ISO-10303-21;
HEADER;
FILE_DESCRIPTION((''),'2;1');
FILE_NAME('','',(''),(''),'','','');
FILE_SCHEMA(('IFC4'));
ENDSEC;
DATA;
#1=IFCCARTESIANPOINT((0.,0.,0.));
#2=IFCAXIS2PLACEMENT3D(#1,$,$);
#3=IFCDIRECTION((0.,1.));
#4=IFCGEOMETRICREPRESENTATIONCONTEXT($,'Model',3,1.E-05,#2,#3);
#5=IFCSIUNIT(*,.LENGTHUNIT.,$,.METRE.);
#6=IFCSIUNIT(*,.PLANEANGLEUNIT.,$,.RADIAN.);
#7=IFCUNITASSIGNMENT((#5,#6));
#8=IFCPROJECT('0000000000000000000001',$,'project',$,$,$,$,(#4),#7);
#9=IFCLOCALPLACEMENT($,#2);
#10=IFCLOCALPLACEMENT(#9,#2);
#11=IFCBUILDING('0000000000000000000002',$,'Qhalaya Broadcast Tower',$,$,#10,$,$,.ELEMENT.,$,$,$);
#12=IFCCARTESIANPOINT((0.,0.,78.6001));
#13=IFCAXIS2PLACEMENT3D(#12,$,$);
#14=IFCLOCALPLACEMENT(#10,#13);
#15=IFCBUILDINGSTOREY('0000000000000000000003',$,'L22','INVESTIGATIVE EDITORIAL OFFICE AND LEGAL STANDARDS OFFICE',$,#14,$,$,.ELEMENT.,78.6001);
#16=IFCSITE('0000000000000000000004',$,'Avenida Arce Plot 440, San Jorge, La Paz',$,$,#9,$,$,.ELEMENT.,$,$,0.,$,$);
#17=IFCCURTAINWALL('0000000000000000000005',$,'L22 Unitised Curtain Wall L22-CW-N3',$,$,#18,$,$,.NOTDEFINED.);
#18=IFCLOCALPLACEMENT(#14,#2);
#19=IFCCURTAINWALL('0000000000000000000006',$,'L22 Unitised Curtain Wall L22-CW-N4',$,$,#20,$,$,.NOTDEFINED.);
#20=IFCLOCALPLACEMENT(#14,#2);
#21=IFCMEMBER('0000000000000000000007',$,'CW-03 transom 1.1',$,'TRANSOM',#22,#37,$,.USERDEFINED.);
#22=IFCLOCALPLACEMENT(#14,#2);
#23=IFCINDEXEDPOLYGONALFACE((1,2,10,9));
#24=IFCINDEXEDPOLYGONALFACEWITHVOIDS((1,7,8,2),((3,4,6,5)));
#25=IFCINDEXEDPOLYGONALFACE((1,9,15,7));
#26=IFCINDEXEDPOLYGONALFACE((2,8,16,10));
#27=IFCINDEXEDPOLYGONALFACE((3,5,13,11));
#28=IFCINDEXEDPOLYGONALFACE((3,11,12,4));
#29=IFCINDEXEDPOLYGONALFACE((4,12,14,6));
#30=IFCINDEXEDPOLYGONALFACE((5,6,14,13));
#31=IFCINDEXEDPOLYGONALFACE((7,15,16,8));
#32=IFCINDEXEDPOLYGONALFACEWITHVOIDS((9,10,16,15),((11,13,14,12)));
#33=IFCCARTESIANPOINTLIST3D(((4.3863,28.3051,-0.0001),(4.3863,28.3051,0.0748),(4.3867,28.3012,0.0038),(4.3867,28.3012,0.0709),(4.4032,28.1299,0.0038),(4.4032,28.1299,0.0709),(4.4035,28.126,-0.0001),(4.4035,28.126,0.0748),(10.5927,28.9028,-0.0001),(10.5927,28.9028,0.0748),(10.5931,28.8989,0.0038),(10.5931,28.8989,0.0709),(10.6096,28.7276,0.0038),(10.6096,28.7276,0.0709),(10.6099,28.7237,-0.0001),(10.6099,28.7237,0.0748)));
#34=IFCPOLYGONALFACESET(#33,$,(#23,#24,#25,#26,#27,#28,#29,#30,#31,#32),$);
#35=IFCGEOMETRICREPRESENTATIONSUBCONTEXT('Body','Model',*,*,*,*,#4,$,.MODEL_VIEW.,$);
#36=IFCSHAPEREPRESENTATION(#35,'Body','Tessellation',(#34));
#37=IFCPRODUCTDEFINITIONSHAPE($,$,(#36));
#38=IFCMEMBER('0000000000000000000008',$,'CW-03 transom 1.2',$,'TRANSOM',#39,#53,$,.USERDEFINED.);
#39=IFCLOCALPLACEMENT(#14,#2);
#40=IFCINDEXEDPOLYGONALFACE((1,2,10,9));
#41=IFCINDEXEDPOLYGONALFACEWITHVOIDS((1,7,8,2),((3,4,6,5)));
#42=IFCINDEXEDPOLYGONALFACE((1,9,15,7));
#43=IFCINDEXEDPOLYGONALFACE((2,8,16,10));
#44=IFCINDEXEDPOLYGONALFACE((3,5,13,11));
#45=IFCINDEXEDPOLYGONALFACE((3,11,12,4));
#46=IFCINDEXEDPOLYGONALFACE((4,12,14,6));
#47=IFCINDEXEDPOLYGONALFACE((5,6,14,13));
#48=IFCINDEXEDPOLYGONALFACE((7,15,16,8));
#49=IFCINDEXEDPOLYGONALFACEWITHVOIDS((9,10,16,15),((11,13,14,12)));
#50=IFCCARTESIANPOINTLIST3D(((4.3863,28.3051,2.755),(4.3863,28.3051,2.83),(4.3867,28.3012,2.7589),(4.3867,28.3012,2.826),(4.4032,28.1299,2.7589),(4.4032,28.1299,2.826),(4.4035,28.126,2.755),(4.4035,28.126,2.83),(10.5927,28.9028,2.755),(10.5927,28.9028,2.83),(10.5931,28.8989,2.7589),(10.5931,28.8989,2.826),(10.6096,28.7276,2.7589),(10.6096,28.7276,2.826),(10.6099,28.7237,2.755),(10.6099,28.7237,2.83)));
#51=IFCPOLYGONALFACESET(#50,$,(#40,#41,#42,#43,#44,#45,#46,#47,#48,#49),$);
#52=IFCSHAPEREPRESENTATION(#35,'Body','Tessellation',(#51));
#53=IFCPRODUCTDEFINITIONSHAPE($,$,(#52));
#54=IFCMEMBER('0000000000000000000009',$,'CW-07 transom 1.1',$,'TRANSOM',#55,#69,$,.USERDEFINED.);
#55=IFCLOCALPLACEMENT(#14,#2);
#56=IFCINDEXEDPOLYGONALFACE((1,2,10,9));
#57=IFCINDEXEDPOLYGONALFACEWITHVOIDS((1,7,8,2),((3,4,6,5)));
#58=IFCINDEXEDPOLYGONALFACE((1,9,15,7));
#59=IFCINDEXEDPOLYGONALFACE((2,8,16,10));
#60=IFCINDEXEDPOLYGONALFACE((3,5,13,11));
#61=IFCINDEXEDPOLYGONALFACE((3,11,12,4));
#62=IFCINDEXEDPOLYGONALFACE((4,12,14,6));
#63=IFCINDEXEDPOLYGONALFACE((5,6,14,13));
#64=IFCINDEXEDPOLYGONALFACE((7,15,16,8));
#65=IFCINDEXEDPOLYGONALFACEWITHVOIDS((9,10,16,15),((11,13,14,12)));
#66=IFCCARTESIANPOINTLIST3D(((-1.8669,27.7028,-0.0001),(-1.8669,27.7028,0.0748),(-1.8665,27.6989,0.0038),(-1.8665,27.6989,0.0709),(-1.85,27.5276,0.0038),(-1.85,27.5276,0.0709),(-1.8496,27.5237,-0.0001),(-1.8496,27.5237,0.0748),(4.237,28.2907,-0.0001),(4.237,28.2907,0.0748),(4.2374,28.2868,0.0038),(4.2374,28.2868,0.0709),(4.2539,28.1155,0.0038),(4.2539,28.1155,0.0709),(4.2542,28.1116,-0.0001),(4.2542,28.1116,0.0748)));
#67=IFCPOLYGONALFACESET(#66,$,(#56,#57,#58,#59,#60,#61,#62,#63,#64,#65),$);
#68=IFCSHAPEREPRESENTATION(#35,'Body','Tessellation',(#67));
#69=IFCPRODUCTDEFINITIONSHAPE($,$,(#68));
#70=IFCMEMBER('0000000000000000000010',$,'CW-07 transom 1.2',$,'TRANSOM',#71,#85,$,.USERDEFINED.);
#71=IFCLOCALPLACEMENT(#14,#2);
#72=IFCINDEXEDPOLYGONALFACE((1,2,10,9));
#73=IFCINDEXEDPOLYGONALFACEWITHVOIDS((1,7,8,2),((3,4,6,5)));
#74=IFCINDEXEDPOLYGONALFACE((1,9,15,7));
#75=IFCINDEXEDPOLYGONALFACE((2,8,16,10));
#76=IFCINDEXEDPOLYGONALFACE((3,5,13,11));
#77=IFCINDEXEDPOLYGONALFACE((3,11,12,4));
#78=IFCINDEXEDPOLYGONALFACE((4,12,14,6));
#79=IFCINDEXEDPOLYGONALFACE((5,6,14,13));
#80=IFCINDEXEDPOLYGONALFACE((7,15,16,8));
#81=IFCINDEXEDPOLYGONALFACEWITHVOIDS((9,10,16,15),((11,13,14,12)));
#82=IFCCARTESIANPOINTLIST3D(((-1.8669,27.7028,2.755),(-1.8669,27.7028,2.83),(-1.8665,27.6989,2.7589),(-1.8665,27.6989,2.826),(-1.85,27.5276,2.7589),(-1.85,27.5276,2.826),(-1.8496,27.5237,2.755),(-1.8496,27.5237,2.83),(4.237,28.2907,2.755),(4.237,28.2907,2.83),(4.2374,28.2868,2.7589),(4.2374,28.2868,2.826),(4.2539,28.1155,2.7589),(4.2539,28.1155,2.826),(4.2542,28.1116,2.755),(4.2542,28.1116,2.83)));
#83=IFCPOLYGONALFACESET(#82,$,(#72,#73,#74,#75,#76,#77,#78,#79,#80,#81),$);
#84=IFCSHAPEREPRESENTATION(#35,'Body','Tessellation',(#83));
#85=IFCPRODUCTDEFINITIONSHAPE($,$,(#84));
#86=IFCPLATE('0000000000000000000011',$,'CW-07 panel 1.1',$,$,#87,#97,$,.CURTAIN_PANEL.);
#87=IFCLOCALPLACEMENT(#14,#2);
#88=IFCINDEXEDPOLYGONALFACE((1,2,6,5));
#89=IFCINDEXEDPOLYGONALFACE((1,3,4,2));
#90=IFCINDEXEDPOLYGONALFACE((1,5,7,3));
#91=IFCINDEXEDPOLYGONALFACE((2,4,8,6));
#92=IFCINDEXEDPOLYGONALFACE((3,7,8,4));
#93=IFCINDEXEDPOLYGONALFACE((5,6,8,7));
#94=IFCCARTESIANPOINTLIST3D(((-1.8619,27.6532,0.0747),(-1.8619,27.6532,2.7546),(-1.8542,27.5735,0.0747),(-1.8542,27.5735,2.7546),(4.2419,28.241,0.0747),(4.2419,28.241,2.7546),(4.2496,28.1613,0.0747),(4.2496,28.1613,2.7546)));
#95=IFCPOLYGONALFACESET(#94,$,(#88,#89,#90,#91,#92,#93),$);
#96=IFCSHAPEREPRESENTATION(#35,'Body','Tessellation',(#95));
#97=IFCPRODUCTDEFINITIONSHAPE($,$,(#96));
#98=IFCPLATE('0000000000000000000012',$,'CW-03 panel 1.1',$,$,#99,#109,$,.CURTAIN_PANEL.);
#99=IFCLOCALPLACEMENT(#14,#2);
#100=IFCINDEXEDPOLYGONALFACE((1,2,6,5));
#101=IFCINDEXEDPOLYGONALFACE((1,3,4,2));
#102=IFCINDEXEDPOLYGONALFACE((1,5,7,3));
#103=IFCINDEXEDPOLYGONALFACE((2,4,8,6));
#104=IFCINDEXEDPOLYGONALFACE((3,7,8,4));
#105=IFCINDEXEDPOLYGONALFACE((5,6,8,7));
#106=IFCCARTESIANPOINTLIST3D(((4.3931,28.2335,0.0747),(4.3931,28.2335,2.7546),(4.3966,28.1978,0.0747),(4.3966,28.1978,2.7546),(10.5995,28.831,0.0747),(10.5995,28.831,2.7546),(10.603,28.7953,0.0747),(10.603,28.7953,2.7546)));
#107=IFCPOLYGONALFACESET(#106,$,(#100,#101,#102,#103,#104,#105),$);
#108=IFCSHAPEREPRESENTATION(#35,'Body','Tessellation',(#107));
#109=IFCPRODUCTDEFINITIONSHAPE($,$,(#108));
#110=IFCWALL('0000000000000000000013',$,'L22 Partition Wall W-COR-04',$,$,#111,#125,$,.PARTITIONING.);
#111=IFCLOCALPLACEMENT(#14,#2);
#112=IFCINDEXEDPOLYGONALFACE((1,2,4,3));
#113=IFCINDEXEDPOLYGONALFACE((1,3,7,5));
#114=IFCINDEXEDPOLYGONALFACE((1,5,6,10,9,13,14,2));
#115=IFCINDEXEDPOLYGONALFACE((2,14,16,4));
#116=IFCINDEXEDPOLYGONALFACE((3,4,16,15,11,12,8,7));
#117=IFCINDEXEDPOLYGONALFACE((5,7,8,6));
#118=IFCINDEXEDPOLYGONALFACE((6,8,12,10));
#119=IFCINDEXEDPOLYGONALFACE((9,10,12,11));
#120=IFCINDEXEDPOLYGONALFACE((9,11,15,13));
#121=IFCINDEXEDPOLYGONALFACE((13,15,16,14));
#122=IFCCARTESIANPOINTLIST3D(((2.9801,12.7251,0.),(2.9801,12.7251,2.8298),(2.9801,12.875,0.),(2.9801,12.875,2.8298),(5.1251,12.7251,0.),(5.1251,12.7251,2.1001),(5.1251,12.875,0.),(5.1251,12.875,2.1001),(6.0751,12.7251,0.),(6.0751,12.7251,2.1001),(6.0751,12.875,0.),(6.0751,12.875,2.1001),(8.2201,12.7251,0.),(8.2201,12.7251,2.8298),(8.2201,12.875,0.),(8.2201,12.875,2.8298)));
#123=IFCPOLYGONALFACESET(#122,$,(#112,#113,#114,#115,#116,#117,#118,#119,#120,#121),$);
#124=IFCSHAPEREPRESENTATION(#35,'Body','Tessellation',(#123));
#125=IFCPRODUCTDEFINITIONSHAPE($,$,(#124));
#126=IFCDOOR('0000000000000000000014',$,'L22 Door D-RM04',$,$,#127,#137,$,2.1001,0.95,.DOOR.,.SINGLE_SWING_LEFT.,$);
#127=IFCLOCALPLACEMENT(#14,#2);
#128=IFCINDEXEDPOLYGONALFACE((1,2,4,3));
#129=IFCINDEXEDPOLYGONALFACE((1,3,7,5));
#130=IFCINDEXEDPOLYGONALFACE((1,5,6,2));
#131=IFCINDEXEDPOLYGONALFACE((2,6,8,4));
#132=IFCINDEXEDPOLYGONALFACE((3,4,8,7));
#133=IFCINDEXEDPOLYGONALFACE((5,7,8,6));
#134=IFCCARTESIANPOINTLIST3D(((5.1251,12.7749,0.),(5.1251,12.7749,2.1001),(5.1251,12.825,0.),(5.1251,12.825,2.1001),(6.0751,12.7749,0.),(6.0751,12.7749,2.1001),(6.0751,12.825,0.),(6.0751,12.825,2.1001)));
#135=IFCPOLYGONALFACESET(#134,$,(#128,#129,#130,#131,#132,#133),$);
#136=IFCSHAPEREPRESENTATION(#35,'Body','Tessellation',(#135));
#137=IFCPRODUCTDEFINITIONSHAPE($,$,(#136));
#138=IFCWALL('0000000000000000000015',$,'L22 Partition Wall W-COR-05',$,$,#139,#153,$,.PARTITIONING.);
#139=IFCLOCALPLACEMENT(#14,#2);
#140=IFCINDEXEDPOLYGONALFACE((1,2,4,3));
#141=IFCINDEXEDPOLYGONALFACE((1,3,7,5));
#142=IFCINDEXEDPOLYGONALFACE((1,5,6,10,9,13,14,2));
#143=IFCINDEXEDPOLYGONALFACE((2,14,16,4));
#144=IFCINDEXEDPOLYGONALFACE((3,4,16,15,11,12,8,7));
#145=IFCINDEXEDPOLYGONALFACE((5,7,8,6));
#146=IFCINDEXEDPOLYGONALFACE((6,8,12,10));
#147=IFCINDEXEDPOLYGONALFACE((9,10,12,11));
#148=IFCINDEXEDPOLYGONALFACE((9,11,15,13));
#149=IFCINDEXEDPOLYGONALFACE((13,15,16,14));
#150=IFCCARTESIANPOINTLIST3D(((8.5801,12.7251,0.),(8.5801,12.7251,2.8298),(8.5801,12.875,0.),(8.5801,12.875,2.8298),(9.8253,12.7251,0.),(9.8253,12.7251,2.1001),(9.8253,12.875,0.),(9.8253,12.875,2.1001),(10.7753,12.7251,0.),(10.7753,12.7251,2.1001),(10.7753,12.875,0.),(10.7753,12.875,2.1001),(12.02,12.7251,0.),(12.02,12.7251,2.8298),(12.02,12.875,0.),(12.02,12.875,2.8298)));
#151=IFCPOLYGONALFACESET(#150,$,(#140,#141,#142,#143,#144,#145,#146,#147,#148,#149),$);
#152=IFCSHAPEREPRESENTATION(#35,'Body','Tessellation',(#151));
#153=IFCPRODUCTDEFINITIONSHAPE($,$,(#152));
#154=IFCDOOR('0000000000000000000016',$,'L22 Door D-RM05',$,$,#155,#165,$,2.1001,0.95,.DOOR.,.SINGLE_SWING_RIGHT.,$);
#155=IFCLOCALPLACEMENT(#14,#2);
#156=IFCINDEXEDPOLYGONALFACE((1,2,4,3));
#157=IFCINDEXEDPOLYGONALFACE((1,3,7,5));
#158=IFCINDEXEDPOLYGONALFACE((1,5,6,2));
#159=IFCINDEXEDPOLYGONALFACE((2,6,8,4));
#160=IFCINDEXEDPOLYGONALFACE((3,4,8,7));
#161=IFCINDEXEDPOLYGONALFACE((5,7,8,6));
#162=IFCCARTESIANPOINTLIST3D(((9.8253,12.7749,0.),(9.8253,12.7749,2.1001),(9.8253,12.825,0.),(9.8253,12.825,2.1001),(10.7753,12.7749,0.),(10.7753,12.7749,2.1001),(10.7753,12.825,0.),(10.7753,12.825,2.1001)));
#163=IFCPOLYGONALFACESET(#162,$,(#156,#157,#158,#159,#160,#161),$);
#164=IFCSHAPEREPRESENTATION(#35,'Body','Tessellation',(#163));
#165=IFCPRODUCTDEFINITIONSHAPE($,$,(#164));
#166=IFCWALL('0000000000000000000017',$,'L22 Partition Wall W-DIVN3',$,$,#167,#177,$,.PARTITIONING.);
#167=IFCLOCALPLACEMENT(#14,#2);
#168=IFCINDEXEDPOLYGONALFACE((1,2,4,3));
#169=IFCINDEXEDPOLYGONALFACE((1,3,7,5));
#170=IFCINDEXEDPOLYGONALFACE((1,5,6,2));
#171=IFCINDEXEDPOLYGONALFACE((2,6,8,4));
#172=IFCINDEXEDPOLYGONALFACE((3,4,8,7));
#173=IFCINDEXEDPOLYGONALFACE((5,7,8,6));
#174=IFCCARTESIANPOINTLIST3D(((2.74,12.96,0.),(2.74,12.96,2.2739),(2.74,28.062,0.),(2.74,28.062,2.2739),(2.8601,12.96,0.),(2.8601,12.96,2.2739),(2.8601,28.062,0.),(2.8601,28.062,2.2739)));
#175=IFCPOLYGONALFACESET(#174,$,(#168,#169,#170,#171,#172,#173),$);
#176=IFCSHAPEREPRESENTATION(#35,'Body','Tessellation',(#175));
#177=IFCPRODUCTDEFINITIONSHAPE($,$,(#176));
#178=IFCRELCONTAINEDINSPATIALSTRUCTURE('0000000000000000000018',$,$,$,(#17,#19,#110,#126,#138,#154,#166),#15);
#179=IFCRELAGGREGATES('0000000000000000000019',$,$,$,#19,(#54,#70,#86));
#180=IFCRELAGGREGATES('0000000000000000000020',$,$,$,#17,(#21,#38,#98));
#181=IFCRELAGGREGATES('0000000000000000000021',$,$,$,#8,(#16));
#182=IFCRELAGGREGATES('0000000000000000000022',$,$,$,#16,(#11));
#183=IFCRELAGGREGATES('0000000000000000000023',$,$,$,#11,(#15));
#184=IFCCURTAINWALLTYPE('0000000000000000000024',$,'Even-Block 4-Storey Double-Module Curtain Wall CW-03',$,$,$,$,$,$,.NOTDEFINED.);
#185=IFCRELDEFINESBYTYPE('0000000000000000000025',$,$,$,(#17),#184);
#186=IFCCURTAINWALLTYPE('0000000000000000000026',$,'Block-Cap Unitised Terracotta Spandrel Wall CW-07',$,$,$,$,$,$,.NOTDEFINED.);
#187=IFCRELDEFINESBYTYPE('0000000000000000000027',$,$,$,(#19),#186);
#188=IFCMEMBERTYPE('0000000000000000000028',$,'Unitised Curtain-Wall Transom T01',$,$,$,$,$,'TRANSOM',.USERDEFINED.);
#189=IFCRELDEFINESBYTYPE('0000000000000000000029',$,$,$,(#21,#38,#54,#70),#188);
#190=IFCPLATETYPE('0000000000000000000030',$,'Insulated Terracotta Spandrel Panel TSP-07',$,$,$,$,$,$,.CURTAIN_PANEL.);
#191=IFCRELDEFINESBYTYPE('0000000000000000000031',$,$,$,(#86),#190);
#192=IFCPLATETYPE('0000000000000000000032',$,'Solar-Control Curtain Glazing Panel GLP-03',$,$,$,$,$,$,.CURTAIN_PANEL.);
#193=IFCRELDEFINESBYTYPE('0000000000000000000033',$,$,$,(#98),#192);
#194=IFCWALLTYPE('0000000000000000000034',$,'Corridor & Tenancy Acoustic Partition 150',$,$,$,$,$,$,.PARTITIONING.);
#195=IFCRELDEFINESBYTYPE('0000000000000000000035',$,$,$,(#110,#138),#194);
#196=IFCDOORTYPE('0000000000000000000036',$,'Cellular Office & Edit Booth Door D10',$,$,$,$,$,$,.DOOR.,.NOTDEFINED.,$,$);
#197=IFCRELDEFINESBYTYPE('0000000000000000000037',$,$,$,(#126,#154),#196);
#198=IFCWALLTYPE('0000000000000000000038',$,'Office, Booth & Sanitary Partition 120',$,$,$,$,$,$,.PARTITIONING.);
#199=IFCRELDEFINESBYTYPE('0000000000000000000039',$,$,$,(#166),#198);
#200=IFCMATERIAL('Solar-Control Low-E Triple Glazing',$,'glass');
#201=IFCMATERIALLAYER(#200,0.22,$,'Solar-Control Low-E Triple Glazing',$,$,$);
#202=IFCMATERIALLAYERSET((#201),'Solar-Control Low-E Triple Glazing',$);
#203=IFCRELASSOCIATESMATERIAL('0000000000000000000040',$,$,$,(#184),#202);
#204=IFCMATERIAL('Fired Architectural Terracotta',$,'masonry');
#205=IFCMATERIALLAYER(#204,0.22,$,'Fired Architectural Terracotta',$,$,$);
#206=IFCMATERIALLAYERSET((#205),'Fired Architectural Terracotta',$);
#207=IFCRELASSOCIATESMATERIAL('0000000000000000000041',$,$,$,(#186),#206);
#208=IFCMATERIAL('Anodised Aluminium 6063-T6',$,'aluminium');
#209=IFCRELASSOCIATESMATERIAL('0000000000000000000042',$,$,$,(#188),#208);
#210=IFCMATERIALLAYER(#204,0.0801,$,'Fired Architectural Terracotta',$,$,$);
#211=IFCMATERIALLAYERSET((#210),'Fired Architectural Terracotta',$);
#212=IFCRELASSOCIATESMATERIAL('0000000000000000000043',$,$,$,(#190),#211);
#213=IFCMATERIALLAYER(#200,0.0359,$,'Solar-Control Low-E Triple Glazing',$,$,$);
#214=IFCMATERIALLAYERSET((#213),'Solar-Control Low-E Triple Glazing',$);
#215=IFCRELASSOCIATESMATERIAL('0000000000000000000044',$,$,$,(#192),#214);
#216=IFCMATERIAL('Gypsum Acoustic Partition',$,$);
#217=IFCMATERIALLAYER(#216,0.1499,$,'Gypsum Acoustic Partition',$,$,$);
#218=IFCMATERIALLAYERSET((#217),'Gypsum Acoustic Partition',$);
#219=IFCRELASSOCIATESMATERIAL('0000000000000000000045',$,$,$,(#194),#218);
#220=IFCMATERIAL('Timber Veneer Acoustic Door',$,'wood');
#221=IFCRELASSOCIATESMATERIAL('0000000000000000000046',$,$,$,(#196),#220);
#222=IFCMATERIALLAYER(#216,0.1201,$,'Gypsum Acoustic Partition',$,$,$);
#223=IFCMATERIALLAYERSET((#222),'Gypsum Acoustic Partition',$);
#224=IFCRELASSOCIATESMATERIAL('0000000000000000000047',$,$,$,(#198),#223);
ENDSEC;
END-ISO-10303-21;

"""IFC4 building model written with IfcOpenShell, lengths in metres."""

from ifc_helpers import new_model, si_unit, direction, frame, frame_2d, origin, origin_2d, place, context, subcontext, project, spatial, rectangle, hollow_rectangle, extrude, material, layer, layer_set, material_profile, profile_set, type_object, element, fill, aggregate, save


model = new_model("IFC4")

# Units and contexts
model_context = context("Model", 3, precision=1e-05, world=origin(), true_north=direction((0.0, 1.0)))
body_context = subcontext(model_context, "Body", "Model", "MODEL_VIEW")
ifc_project = project(units=[si_unit("LENGTHUNIT", "METRE"), si_unit("PLANEANGLEUNIT", "RADIAN")], contexts=[model_context])

# Site, building, storey
site_placement = place(None, origin())
site = spatial("IfcSite", under=ifc_project, at=site_placement, Name="Avenida Arce Plot 440, San Jorge, La Paz", CompositionType="ELEMENT", RefElevation=0.0)
building_placement = place(site_placement, origin())
building = spatial("IfcBuilding", under=site, at=building_placement, Name="Qhalaya Broadcast Tower", CompositionType="ELEMENT")
storey_placement = place(building_placement, frame((0.0, 0.0, 78.6001)))
storey = spatial("IfcBuildingStorey", under=building, at=storey_placement, Name="L22", Description="INVESTIGATIVE EDITORIAL OFFICE AND LEGAL STANDARDS OFFICE", CompositionType="ELEMENT", Elevation=78.6001)

# Curtain wall
ifc_material_1 = material(Name="Solar-Control Low-E Triple Glazing", Category="glass")
ifc_layer_1 = layer(ifc_material_1, 0.22, Name="Solar-Control Low-E Triple Glazing")
ifc_layer_set_1 = layer_set([ifc_layer_1], Name="Solar-Control Low-E Triple Glazing")
curtain_wall_type_1 = type_object("IfcCurtainWallType", Name="Even-Block 4-Storey Double-Module Curtain Wall CW-03", PredefinedType="NOTDEFINED", material=ifc_layer_set_1)
curtain_wall_1_placement = place(storey_placement, origin())
curtain_wall_1 = element("IfcCurtainWall", 1, at=curtain_wall_1_placement, inside=storey, type_object=curtain_wall_type_1, Name="L22 Unitised Curtain Wall L22-CW-N3", PredefinedType="NOTDEFINED")
ifc_material_2 = material(Name="Anodised Aluminium 6063-T6", Category="aluminium")

# Curtain wall
ifc_material_3 = material(Name="Fired Architectural Terracotta", Category="masonry")
ifc_layer_2 = layer(ifc_material_3, 0.22, Name="Fired Architectural Terracotta")
ifc_layer_set_2 = layer_set([ifc_layer_2], Name="Fired Architectural Terracotta")
curtain_wall_type_2 = type_object("IfcCurtainWallType", Name="Block-Cap Unitised Terracotta Spandrel Wall CW-07", PredefinedType="NOTDEFINED", material=ifc_layer_set_2)
curtain_wall_2_placement = place(storey_placement, origin())
curtain_wall_2 = element("IfcCurtainWall", 2, at=curtain_wall_2_placement, inside=storey, type_object=curtain_wall_type_2, Name="L22 Unitised Curtain Wall L22-CW-N4", PredefinedType="NOTDEFINED")

# Members
ifc_material_profile_1 = material_profile(ifc_material_2, hollow_rectangle(XDim=0.075, YDim=0.1799, WallThickness=0.0039, at=origin_2d()), Name="ALU-TRN 75x180x4")
ifc_profile_set_1 = profile_set([ifc_material_profile_1], Name="Anodised Aluminium 6063-T6")
member_type_1 = type_object("IfcMemberType", Name="Unitised Curtain-Wall Transom T01", ElementType="TRANSOM", PredefinedType="USERDEFINED", material=ifc_profile_set_1)
member_1_placement = place(storey_placement, frame((10.6013, 28.8132, 0.0374), z_axis=(-0.995395, -0.095855, 0.0), x_axis=(0.0, 0.0, 1.0)))
member_1 = element("IfcMember", 3, at=member_1_placement, type_object=member_type_1, Name="CW-03 transom 1.1", ObjectType="TRANSOM", PredefinedType="USERDEFINED", context=body_context, shape_type="SweptSolid", body=[
    extrude(hollow_rectangle(XDim=0.075, YDim=0.1799, WallThickness=0.0039, at=origin_2d()), origin(), (0.0, 0.0, 1.0), 6.2351),
])
member_2_placement = place(storey_placement, frame((10.6013, 28.8132, 2.7925), z_axis=(-0.995395, -0.095855, 0.0), x_axis=(0.0, 0.0, 1.0)))
member_2 = element("IfcMember", 4, at=member_2_placement, type_object=member_type_1, Name="CW-03 transom 1.2", ObjectType="TRANSOM", PredefinedType="USERDEFINED", context=body_context, shape_type="SweptSolid", body=[
    extrude(hollow_rectangle(XDim=0.075, YDim=0.1799, WallThickness=0.0039, at=origin_2d()), origin(), (0.0, 0.0, 1.0), 6.2351),
])
member_3_placement = place(storey_placement, frame((4.2456, 28.2012, 0.0374), z_axis=(-0.995394, -0.095872, 0.0), x_axis=(0.0, 0.0, 1.0)))
member_3 = element("IfcMember", 5, at=member_3_placement, type_object=member_type_1, Name="CW-07 transom 1.1", ObjectType="TRANSOM", PredefinedType="USERDEFINED", context=body_context, shape_type="SweptSolid", body=[
    extrude(hollow_rectangle(XDim=0.075, YDim=0.1799, WallThickness=0.0039, at=origin_2d()), origin(), (0.0, 0.0, 1.0), 6.1321),
])
member_4_placement = place(storey_placement, frame((4.2456, 28.2012, 2.7925), z_axis=(-0.995394, -0.095872, 0.0), x_axis=(0.0, 0.0, 1.0)))
member_4 = element("IfcMember", 6, at=member_4_placement, type_object=member_type_1, Name="CW-07 transom 1.2", ObjectType="TRANSOM", PredefinedType="USERDEFINED", context=body_context, shape_type="SweptSolid", body=[
    extrude(hollow_rectangle(XDim=0.075, YDim=0.1799, WallThickness=0.0039, at=origin_2d()), origin(), (0.0, 0.0, 1.0), 6.1321),
])

# Plates
ifc_layer_3 = layer(ifc_material_3, 0.0801, Name="Fired Architectural Terracotta")
ifc_layer_set_3 = layer_set([ifc_layer_3], Name="Fired Architectural Terracotta")
plate_type_1 = type_object("IfcPlateType", Name="Insulated Terracotta Spandrel Panel TSP-07", PredefinedType="CURTAIN_PANEL", material=ifc_layer_set_3)
plate_1_placement = place(storey_placement, frame((1.1938, 27.9072, 0.0747), z_axis=(0.0, 0.0, 1.0), x_axis=(-0.995395, -0.095861, 0.0)))
plate_1 = element("IfcPlate", 7, at=plate_1_placement, type_object=plate_type_1, Name="CW-07 panel 1.1", PredefinedType="CURTAIN_PANEL", context=body_context, shape_type="SweptSolid", body=[
    extrude(rectangle(XDim=6.1321, YDim=0.0801, at=origin_2d()), origin(), (0.0, 0.0, 1.0), 2.6799),
])
aggregate(curtain_wall_2, [member_3, member_4, plate_1])
ifc_layer_4 = layer(ifc_material_1, 0.0359, Name="Solar-Control Low-E Triple Glazing")
ifc_layer_set_4 = layer_set([ifc_layer_4], Name="Solar-Control Low-E Triple Glazing")
plate_type_2 = type_object("IfcPlateType", Name="Solar-Control Curtain Glazing Panel GLP-03", PredefinedType="CURTAIN_PANEL", material=ifc_layer_set_4)
plate_2_placement = place(storey_placement, frame((7.498, 28.5144, 0.0747), z_axis=(0.0, 0.0, 1.0), x_axis=(-0.995397, -0.095834, 0.0)))
plate_2 = element("IfcPlate", 8, at=plate_2_placement, type_object=plate_type_2, Name="CW-03 panel 1.1", PredefinedType="CURTAIN_PANEL", context=body_context, shape_type="SweptSolid", body=[
    extrude(rectangle(XDim=6.2351, YDim=0.0359, at=origin_2d()), origin(), (0.0, 0.0, 1.0), 2.6799),
])
aggregate(curtain_wall_1, [member_1, member_2, plate_2])

# Walls, openings, doors
ifc_material_4 = material(Name="Gypsum Acoustic Partition")
ifc_layer_5 = layer(ifc_material_4, 0.1499, Name="Gypsum Acoustic Partition")
ifc_layer_set_5 = layer_set([ifc_layer_5], Name="Gypsum Acoustic Partition")
wall_type_1 = type_object("IfcWallType", Name="Corridor & Tenancy Acoustic Partition 150", PredefinedType="PARTITIONING", material=ifc_layer_set_5)
wall_1_placement = place(storey_placement, frame((2.98, 12.8, 0.0), z_axis=(0.0, 0.0, 1.0), x_axis=(1.0, 0.0, 0.0)))
wall_1 = element("IfcWall", 9, at=wall_1_placement, inside=storey, type_object=wall_type_1, Name="L22 Partition Wall W-COR-04", PredefinedType="PARTITIONING", context=body_context, shape_type="SweptSolid", body=[
    extrude(rectangle(XDim=5.24, YDim=0.1499, at=frame_2d((2.6201, 0.0))), origin(), (0.0, 0.0, 1.0), 2.8298),
])
opening_1_placement = place(wall_1_placement, frame((2.145, 0.0, 0.0)))
opening_1 = element("IfcOpeningElement", 10, at=opening_1_placement, cuts=wall_1, PredefinedType="OPENING", context=body_context, shape_type="SweptSolid", body=[
    extrude(rectangle(XDim=0.95, YDim=2.1001, at=frame_2d((0.4751, 1.05))), frame((0.0, 0.0869, 0.0), z_axis=(0.0, -1.0, 0.0), x_axis=(1.0, 0.0, 0.0)), (0.0, 0.0, 1.0), 0.1738),
])
ifc_material_5 = material(Name="Timber Veneer Acoustic Door", Category="wood")
door_type = type_object("IfcDoorType", Name="Cellular Office & Edit Booth Door D10", OperationType="NOTDEFINED", PredefinedType="DOOR", material=ifc_material_5)
door_1_placement = place(opening_1_placement, origin())
door_1 = element("IfcDoor", 11, at=door_1_placement, inside=storey, type_object=door_type, Name="L22 Door D-RM04", OperationType="SINGLE_SWING_LEFT", OverallHeight=2.1001, OverallWidth=0.95, PredefinedType="DOOR", context=body_context, shape_type="SweptSolid", body=[
    extrude(rectangle(XDim=0.95, YDim=2.1001, at=frame_2d((0.4751, 1.05))), frame((0.0, 0.0249, 0.0), z_axis=(0.0, -1.0, 0.0), x_axis=(1.0, 0.0, 0.0)), (0.0, 0.0, 1.0), 0.05),
])
fill(opening_1, door_1)
wall_2_placement = place(storey_placement, frame((8.5801, 12.8, 0.0), z_axis=(0.0, 0.0, 1.0), x_axis=(1.0, 0.0, 0.0)))
wall_2 = element("IfcWall", 12, at=wall_2_placement, inside=storey, type_object=wall_type_1, Name="L22 Partition Wall W-COR-05", PredefinedType="PARTITIONING", context=body_context, shape_type="SweptSolid", body=[
    extrude(rectangle(XDim=3.4399, YDim=0.1499, at=frame_2d((1.72, 0.0))), origin(), (0.0, 0.0, 1.0), 2.8298),
])
opening_2_placement = place(wall_2_placement, frame((1.2451, 0.0, 0.0)))
opening_2 = element("IfcOpeningElement", 13, at=opening_2_placement, cuts=wall_2, PredefinedType="OPENING", context=body_context, shape_type="SweptSolid", body=[
    extrude(rectangle(XDim=0.95, YDim=2.1001, at=frame_2d((0.4751, 1.05))), frame((0.0, 0.0869, 0.0), z_axis=(0.0, -1.0, 0.0), x_axis=(1.0, 0.0, 0.0)), (0.0, 0.0, 1.0), 0.1738),
])
door_2_placement = place(opening_2_placement, origin())
door_2 = element("IfcDoor", 14, at=door_2_placement, inside=storey, type_object=door_type, Name="L22 Door D-RM05", OperationType="SINGLE_SWING_RIGHT", OverallHeight=2.1001, OverallWidth=0.95, PredefinedType="DOOR", context=body_context, shape_type="SweptSolid", body=[
    extrude(rectangle(XDim=0.95, YDim=2.1001, at=frame_2d((0.4751, 1.05))), frame((0.0, 0.0249, 0.0), z_axis=(0.0, -1.0, 0.0), x_axis=(1.0, 0.0, 0.0)), (0.0, 0.0, 1.0), 0.05),
])
fill(opening_2, door_2)

# Wall
ifc_layer_6 = layer(ifc_material_4, 0.1201, Name="Gypsum Acoustic Partition")
ifc_layer_set_6 = layer_set([ifc_layer_6], Name="Gypsum Acoustic Partition")
wall_type_2 = type_object("IfcWallType", Name="Office, Booth & Sanitary Partition 120", PredefinedType="PARTITIONING", material=ifc_layer_set_6)
wall_3_placement = place(storey_placement, frame((2.8, 12.96, 0.0), z_axis=(0.0, 0.0, 1.0), x_axis=(0.0, 1.0, 0.0)))
element("IfcWall", 15, at=wall_3_placement, inside=storey, type_object=wall_type_2, Name="L22 Partition Wall W-DIVN3", PredefinedType="PARTITIONING", context=body_context, shape_type="SweptSolid", body=[
    extrude(rectangle(XDim=15.1021, YDim=0.1201, at=frame_2d((7.551, 0.0))), origin(), (0.0, 0.0, 1.0), 2.2739),
])

save(model, "model.ifc")
